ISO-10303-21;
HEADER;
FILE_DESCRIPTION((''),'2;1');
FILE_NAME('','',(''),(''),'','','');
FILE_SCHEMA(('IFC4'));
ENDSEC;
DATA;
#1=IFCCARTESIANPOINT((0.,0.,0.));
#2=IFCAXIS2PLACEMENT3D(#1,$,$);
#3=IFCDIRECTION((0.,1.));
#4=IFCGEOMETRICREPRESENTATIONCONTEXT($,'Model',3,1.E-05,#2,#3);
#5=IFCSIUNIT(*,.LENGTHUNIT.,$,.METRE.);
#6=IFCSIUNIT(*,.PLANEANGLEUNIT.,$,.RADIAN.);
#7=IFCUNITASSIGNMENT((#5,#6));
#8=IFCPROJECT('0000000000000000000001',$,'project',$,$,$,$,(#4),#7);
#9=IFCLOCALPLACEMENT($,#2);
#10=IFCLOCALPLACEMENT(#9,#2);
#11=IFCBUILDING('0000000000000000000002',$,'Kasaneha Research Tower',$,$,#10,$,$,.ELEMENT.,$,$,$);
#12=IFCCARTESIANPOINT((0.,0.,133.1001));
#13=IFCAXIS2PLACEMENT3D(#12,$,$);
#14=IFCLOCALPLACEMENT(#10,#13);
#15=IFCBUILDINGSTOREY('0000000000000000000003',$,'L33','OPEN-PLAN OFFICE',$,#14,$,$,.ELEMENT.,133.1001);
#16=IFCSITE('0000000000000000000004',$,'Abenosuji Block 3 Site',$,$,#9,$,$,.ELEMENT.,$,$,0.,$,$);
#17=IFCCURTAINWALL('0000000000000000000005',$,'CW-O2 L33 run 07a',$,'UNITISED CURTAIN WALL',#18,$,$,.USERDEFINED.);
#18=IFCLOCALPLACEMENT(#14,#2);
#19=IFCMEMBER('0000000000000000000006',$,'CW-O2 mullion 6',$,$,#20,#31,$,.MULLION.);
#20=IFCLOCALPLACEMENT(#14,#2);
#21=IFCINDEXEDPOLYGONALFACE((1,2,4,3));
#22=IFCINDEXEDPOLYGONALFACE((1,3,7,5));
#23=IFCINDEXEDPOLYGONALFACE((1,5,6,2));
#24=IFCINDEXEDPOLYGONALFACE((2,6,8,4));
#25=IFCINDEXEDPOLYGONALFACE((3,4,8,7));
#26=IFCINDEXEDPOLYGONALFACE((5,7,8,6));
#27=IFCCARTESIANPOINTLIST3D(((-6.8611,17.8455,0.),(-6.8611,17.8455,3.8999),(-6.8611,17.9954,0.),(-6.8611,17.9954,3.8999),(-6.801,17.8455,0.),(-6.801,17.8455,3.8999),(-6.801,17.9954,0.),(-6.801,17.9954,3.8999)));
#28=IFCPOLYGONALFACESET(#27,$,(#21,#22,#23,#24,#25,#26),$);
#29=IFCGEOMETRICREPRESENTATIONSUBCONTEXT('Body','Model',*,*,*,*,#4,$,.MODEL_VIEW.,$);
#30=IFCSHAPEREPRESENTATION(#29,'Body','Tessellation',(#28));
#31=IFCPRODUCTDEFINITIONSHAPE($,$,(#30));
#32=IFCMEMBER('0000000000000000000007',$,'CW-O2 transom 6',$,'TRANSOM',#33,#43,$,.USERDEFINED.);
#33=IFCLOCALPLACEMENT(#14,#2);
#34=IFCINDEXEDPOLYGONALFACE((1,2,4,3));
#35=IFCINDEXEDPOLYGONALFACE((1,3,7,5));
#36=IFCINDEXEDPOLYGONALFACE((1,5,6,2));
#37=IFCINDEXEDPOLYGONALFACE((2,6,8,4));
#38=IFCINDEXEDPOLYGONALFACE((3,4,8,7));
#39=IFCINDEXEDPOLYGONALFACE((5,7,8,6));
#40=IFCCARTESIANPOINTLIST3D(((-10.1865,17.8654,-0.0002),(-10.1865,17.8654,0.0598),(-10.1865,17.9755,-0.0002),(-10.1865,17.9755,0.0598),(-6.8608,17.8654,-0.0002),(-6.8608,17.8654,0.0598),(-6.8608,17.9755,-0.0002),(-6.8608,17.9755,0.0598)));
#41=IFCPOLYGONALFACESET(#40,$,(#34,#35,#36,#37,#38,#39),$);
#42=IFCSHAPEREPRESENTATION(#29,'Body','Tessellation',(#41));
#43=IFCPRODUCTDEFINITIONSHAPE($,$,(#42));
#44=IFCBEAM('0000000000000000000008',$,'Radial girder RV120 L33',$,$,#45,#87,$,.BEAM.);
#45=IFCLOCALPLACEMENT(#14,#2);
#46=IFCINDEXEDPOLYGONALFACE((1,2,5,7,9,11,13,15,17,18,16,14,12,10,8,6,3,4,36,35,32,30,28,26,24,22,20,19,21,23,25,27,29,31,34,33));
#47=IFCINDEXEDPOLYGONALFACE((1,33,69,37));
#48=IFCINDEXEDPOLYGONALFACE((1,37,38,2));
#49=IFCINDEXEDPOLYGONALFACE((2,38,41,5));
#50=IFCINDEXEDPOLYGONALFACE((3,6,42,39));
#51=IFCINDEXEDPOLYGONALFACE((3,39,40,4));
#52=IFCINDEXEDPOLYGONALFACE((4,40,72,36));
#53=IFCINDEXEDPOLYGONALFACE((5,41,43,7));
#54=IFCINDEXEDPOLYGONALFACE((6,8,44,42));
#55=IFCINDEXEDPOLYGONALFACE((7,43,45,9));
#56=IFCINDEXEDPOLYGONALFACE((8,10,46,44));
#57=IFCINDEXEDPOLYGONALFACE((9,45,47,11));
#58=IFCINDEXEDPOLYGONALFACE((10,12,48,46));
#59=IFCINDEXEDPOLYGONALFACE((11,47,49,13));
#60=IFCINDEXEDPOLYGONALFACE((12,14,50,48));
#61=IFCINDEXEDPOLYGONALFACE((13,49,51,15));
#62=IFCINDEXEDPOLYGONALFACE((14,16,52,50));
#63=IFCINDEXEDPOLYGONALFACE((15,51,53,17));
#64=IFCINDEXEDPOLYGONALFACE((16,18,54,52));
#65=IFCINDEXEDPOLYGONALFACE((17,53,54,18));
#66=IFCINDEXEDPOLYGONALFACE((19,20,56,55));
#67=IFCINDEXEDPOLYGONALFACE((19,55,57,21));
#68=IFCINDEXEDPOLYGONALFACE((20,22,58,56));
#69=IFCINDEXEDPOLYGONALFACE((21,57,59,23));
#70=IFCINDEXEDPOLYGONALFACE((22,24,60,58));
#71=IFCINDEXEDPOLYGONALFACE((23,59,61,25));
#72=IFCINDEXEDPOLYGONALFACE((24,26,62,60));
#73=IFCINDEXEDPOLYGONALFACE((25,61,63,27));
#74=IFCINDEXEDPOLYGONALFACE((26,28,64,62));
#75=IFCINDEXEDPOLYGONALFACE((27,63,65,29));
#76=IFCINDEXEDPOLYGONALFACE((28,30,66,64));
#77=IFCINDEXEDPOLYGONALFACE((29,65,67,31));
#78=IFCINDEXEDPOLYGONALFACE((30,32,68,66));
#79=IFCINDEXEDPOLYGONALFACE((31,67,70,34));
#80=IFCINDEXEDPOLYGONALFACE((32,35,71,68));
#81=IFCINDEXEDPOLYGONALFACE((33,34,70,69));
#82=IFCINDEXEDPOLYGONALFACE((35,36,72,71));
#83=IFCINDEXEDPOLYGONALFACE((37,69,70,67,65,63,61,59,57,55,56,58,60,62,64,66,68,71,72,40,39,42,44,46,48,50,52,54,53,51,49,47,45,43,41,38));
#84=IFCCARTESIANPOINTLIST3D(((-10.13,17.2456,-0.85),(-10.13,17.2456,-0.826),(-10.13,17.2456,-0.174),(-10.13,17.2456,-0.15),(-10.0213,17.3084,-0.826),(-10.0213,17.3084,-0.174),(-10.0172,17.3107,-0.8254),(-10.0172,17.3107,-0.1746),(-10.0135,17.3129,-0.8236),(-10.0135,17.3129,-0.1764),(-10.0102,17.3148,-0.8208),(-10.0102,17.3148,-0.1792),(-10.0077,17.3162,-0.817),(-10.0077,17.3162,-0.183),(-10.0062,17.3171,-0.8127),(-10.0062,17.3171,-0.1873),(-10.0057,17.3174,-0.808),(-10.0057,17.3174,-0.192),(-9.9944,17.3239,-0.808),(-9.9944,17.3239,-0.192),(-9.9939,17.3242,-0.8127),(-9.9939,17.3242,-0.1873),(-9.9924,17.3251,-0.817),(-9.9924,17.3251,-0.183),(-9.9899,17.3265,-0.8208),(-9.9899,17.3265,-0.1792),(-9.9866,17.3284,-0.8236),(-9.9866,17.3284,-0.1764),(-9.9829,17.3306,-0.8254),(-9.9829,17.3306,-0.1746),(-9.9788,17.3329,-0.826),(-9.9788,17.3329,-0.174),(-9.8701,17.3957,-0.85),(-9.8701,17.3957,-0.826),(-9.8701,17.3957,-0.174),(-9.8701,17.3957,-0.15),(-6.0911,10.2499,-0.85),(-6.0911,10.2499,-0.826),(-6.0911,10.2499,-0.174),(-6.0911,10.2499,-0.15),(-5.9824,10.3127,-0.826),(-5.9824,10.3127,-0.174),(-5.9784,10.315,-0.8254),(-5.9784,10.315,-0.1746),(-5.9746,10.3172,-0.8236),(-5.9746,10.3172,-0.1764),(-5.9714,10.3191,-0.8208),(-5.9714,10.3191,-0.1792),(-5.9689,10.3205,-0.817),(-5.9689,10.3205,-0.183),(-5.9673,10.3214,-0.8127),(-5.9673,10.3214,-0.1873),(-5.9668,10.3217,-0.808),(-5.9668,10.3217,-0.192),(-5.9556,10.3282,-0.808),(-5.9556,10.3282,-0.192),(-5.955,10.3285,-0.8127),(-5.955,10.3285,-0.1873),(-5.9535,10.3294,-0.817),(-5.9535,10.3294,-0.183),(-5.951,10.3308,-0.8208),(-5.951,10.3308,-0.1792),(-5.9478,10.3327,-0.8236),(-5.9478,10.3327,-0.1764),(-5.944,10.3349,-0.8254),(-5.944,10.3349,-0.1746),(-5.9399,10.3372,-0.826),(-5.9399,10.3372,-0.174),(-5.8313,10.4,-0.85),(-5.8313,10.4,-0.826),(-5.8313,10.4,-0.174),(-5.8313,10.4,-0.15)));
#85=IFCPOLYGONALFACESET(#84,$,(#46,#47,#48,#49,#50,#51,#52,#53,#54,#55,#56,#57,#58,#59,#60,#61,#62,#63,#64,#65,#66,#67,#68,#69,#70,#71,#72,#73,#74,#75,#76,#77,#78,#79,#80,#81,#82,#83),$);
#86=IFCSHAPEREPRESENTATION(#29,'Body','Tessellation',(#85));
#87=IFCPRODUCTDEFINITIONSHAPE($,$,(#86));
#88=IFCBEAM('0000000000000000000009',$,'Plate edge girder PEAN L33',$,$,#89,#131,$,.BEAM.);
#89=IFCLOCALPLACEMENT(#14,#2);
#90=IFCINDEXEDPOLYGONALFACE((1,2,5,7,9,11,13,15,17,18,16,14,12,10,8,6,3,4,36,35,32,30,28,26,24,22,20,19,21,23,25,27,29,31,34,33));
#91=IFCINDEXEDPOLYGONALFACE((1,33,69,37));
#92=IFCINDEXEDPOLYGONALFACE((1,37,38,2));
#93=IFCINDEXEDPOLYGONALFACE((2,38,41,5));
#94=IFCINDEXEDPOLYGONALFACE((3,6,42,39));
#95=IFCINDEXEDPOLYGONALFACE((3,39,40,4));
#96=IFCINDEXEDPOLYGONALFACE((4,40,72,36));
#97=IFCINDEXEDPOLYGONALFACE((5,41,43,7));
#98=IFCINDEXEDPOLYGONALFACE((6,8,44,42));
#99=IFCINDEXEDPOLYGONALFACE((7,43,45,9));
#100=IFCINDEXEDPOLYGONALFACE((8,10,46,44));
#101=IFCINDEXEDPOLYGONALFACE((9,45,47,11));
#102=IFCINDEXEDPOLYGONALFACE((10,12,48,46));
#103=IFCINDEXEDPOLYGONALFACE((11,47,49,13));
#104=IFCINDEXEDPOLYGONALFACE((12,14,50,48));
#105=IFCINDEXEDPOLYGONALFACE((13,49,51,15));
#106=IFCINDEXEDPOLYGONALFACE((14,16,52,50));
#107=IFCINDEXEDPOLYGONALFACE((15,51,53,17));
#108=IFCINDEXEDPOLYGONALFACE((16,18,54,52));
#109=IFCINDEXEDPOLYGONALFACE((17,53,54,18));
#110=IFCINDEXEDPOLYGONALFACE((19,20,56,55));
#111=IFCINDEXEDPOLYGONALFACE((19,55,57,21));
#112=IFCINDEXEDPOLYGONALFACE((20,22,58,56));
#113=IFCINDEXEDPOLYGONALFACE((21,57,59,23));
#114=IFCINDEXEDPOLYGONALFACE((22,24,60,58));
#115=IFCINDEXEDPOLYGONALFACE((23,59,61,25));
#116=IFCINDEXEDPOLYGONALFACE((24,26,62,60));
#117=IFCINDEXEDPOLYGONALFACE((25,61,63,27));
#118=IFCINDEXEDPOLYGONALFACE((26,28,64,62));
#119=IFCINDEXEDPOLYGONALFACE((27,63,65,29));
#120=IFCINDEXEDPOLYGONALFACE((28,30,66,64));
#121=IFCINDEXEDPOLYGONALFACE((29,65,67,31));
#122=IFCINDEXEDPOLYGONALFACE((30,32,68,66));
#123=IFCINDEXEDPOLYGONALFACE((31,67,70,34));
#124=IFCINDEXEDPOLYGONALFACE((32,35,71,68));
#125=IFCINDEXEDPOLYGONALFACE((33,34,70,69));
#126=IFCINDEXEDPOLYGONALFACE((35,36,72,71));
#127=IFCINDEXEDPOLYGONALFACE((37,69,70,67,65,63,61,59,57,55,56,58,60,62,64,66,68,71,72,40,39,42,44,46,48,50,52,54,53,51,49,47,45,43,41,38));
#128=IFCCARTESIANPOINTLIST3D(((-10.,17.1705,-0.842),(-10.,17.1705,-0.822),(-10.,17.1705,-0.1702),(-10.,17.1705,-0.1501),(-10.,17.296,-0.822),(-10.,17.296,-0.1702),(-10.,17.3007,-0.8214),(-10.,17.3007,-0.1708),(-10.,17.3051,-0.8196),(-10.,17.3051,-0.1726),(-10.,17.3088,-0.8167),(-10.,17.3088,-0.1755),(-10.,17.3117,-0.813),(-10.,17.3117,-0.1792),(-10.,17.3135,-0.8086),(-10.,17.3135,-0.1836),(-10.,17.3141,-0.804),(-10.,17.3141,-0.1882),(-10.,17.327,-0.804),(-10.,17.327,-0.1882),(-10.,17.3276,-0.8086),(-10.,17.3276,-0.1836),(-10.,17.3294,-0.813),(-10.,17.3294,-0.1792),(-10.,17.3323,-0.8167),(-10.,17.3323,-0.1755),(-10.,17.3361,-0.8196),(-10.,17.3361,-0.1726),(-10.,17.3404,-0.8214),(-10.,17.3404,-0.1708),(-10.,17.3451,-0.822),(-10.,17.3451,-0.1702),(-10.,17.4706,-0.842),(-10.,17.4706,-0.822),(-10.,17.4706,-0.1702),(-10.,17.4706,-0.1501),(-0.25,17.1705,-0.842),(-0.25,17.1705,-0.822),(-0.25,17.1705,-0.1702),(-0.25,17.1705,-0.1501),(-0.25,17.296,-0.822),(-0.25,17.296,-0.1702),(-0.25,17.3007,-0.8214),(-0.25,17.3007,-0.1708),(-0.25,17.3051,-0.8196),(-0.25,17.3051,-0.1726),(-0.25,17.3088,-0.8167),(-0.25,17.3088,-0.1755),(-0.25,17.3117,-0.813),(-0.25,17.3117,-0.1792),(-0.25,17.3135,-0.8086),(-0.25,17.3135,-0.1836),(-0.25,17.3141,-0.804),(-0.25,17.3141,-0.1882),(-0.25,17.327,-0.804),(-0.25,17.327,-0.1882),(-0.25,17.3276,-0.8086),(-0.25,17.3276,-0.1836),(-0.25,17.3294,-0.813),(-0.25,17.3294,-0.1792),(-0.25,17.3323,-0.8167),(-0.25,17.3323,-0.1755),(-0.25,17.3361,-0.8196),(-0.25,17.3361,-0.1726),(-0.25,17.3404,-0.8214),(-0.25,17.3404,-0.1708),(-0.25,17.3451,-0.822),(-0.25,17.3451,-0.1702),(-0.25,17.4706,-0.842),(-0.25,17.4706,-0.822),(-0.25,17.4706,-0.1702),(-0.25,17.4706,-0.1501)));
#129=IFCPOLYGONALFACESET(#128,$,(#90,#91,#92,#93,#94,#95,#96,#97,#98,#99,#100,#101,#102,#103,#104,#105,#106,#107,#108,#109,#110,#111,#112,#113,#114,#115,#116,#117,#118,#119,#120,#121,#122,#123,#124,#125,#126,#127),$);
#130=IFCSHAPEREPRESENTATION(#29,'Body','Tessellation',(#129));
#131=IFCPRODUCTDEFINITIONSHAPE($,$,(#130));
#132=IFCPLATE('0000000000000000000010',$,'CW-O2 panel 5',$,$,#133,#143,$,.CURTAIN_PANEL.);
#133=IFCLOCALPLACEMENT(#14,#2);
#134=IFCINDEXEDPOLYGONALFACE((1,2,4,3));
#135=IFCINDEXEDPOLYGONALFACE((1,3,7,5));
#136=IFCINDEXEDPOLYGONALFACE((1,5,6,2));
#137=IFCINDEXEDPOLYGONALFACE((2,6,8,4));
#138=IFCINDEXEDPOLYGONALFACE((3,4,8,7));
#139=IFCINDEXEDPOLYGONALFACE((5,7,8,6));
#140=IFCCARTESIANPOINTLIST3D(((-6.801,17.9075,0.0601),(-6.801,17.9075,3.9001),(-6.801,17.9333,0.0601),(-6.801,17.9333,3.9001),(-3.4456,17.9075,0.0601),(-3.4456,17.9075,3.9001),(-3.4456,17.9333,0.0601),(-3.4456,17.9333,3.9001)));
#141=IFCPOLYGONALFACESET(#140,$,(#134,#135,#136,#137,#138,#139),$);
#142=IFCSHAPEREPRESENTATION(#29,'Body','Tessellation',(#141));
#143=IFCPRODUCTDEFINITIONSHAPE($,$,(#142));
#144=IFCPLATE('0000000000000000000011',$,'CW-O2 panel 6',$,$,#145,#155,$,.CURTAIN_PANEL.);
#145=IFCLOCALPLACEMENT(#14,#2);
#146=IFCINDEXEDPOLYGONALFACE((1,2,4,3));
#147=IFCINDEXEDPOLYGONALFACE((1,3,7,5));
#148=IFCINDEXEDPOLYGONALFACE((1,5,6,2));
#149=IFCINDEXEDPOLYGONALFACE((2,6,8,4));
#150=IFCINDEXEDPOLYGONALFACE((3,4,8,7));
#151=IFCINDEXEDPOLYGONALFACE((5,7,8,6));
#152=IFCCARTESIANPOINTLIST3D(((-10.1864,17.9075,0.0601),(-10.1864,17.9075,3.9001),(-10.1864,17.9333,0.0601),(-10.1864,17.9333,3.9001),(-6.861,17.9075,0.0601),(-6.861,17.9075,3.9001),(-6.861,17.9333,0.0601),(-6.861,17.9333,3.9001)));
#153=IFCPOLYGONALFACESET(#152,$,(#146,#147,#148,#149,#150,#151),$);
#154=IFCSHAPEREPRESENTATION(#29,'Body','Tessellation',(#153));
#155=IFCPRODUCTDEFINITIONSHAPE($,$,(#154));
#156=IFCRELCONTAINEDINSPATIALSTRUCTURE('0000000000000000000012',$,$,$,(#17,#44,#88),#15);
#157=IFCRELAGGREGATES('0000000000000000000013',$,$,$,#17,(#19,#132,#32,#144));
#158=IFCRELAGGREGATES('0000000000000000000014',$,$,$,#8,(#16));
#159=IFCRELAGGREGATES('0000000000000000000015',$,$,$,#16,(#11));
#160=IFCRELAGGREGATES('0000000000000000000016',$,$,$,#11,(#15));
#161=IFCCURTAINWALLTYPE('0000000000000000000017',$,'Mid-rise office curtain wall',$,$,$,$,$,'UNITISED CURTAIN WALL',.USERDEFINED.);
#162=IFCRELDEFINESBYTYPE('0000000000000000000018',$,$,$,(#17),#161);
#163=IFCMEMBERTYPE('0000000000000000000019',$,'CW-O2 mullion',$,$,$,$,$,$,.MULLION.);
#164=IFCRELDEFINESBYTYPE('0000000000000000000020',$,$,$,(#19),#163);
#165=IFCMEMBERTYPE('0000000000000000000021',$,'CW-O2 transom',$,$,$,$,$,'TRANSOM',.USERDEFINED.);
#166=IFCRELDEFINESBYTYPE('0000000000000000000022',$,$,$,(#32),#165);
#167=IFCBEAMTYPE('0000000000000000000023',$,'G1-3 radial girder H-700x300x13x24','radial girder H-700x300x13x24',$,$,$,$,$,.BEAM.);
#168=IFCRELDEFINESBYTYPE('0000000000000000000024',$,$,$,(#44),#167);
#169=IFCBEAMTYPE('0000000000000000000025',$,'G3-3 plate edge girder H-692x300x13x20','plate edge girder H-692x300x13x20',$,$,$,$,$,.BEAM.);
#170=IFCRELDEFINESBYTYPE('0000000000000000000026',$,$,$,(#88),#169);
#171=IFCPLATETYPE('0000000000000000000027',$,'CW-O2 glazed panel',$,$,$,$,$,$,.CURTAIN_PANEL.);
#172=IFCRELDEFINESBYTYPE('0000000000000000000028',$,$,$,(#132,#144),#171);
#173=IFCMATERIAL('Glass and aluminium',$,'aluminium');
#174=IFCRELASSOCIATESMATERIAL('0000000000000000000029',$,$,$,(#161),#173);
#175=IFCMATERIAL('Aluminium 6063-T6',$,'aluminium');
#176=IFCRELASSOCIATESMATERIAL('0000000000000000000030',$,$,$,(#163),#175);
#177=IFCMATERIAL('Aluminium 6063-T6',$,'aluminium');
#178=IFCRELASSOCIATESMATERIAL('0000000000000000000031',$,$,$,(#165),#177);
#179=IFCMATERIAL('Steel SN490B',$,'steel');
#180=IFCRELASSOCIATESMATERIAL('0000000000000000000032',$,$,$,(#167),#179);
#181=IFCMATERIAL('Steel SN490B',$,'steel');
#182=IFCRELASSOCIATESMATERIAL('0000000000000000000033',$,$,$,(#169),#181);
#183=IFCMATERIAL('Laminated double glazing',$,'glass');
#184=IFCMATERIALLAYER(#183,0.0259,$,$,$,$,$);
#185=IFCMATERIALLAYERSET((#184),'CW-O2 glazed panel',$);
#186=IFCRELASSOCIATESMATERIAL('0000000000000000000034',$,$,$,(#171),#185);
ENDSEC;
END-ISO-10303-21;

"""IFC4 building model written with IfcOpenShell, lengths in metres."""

from ifc_helpers import new_model, si_unit, direction, frame, origin, origin_2d, place, context, subcontext, project, spatial, rectangle, i_section, extrude, material, layer, layer_set, material_profile, profile_set, type_object, element, aggregate, save


model = new_model("IFC4")

# Units and contexts
model_context = context("Model", 3, precision=1e-05, world=origin(), true_north=direction((0.0, 1.0)))
body_context = subcontext(model_context, "Body", "Model", "MODEL_VIEW")
ifc_project = project(units=[si_unit("LENGTHUNIT", "METRE"), si_unit("PLANEANGLEUNIT", "RADIAN")], contexts=[model_context])

# Site, building, storey
site_placement = place(None, origin())
site = spatial("IfcSite", under=ifc_project, at=site_placement, Name="Abenosuji Block 3 Site", CompositionType="ELEMENT", RefElevation=0.0)
building_placement = place(site_placement, origin())
building = spatial("IfcBuilding", under=site, at=building_placement, Name="Kasaneha Research Tower", CompositionType="ELEMENT")
storey_placement = place(building_placement, frame((0.0, 0.0, 133.1001)))
storey = spatial("IfcBuildingStorey", under=building, at=storey_placement, Name="L33", Description="OPEN-PLAN OFFICE", CompositionType="ELEMENT", Elevation=133.1001)

# Curtain wall, members
ifc_material_1 = material(Name="Glass and aluminium", Category="aluminium")
curtain_wall_type = type_object("IfcCurtainWallType", Name="Mid-rise office curtain wall", ElementType="UNITISED CURTAIN WALL", PredefinedType="USERDEFINED", material=ifc_material_1)
curtain_wall_placement = place(storey_placement, origin())
curtain_wall = element("IfcCurtainWall", 1, at=curtain_wall_placement, inside=storey, type_object=curtain_wall_type, Name="CW-O2 L33 run 07a", ObjectType="UNITISED CURTAIN WALL", PredefinedType="USERDEFINED")
ifc_material_2 = material(Name="Aluminium 6063-T6", Category="aluminium")
ifc_material_profile_1 = material_profile(ifc_material_2, rectangle(XDim=0.0601, YDim=0.1499, at=origin_2d()), Name="CW-O2 mullion 60x150")
ifc_profile_set_1 = profile_set([ifc_material_profile_1], Name="Aluminium 6063-T6")
member_type_1 = type_object("IfcMemberType", Name="CW-O2 mullion", PredefinedType="MULLION", material=ifc_profile_set_1)
member_1_placement = place(storey_placement, frame((-6.8311, 17.9204, 0.0), z_axis=(0.0, 0.0, 1.0), x_axis=(-1.0, 0.0, 0.0)))
member_1 = element("IfcMember", 2, at=member_1_placement, type_object=member_type_1, Name="CW-O2 mullion 6", PredefinedType="MULLION", context=body_context, shape_type="SweptSolid", body=[
    extrude(rectangle(XDim=0.0601, YDim=0.1499, at=origin_2d()), origin(), (0.0, 0.0, 1.0), 3.8999),
])
ifc_material_3 = material(Name="Aluminium 6063-T6", Category="aluminium")
ifc_material_profile_2 = material_profile(ifc_material_3, rectangle(XDim=0.1101, YDim=0.0601, at=origin_2d()), Name="CW-O2 transom 110x60")
ifc_profile_set_2 = profile_set([ifc_material_profile_2], Name="Aluminium 6063-T6")
member_type_2 = type_object("IfcMemberType", Name="CW-O2 transom", ElementType="TRANSOM", PredefinedType="USERDEFINED", material=ifc_profile_set_2)
member_2_placement = place(storey_placement, frame((-6.8608, 17.9204, 0.0298), z_axis=(-1.0, 0.0, 0.0), x_axis=(0.0, -1.0, 0.0)))
member_2 = element("IfcMember", 3, at=member_2_placement, type_object=member_type_2, Name="CW-O2 transom 6", ObjectType="TRANSOM", PredefinedType="USERDEFINED", context=body_context, shape_type="SweptSolid", body=[
    extrude(rectangle(XDim=0.1101, YDim=0.0601, at=origin_2d()), origin(), (0.0, 0.0, 1.0), 3.3257),
])

# Beams
ifc_material_4 = material(Name="Steel SN490B", Category="steel")
ifc_material_profile_3 = material_profile(ifc_material_4, i_section(OverallWidth=0.3, OverallDepth=0.7, WebThickness=0.0129, FlangeThickness=0.0239, FilletRadius=0.0181, at=origin_2d()), Name="H-700x300x13x24")
ifc_profile_set_3 = profile_set([ifc_material_profile_3], Name="Steel SN490B")
beam_type_1 = type_object("IfcBeamType", Name="G1-3 radial girder H-700x300x13x24", Description="radial girder H-700x300x13x24", PredefinedType="BEAM", material=ifc_profile_set_3)
beam_1_placement = place(storey_placement, frame((-5.9612, 10.325, -0.5), z_axis=(-0.499991, 0.866031, 0.0), x_axis=(-0.866031, -0.499991, 0.0)))
element("IfcBeam", 4, at=beam_1_placement, inside=storey, type_object=beam_type_1, Name="Radial girder RV120 L33", PredefinedType="BEAM", context=body_context, shape_type="SweptSolid", body=[
    extrude(i_section(OverallWidth=0.3, OverallDepth=0.7, WebThickness=0.0129, FlangeThickness=0.0239, FilletRadius=0.0181, at=origin_2d()), origin(), (0.0, 0.0, 1.0), 8.0779),
])
ifc_material_5 = material(Name="Steel SN490B", Category="steel")
ifc_material_profile_4 = material_profile(ifc_material_5, i_section(OverallWidth=0.3, OverallDepth=0.6919, WebThickness=0.0129, FlangeThickness=0.02, FilletRadius=0.0181, at=origin_2d()), Name="H-692x300x13x20")
ifc_profile_set_4 = profile_set([ifc_material_profile_4], Name="Steel SN490B")
beam_type_2 = type_object("IfcBeamType", Name="G3-3 plate edge girder H-692x300x13x20", Description="plate edge girder H-692x300x13x20", PredefinedType="BEAM", material=ifc_profile_set_4)
beam_2_placement = place(storey_placement, frame((-10.0, 17.3206, -0.4961), z_axis=(1.0, 0.0, 0.0), x_axis=(0.0, 1.0, 0.0)))
element("IfcBeam", 5, at=beam_2_placement, inside=storey, type_object=beam_type_2, Name="Plate edge girder PEAN L33", PredefinedType="BEAM", context=body_context, shape_type="SweptSolid", body=[
    extrude(i_section(OverallWidth=0.3, OverallDepth=0.6919, WebThickness=0.0129, FlangeThickness=0.02, FilletRadius=0.0181, at=origin_2d()), origin(), (0.0, 0.0, 1.0), 9.75),
])

# Plates
ifc_material_6 = material(Name="Laminated double glazing", Category="glass")
ifc_layer_1 = layer(ifc_material_6, 0.0259)
ifc_layer_set_1 = layer_set([ifc_layer_1], Name="CW-O2 glazed panel")
plate_type = type_object("IfcPlateType", Name="CW-O2 glazed panel", PredefinedType="CURTAIN_PANEL", material=ifc_layer_set_1)
plate_1_placement = place(storey_placement, frame((-5.1233, 17.9204, 0.0601), z_axis=(0.0, 0.0, 1.0), x_axis=(-1.0, 0.0, 0.0)))
plate_1 = element("IfcPlate", 6, at=plate_1_placement, type_object=plate_type, Name="CW-O2 panel 5", PredefinedType="CURTAIN_PANEL", context=body_context, shape_type="SweptSolid", body=[
    extrude(rectangle(XDim=3.3555, YDim=0.0259, at=origin_2d()), origin(), (0.0, 0.0, 1.0), 3.8401),
])
plate_2_placement = place(storey_placement, frame((-8.5237, 17.9204, 0.0601), z_axis=(0.0, 0.0, 1.0), x_axis=(-1.0, 0.0, 0.0)))
plate_2 = element("IfcPlate", 7, at=plate_2_placement, type_object=plate_type, Name="CW-O2 panel 6", PredefinedType="CURTAIN_PANEL", context=body_context, shape_type="SweptSolid", body=[
    extrude(rectangle(XDim=3.3254, YDim=0.0259, at=origin_2d()), origin(), (0.0, 0.0, 1.0), 3.8401),
])
aggregate(curtain_wall, [member_1, plate_1, member_2, plate_2])

save(model, "model.ifc")
